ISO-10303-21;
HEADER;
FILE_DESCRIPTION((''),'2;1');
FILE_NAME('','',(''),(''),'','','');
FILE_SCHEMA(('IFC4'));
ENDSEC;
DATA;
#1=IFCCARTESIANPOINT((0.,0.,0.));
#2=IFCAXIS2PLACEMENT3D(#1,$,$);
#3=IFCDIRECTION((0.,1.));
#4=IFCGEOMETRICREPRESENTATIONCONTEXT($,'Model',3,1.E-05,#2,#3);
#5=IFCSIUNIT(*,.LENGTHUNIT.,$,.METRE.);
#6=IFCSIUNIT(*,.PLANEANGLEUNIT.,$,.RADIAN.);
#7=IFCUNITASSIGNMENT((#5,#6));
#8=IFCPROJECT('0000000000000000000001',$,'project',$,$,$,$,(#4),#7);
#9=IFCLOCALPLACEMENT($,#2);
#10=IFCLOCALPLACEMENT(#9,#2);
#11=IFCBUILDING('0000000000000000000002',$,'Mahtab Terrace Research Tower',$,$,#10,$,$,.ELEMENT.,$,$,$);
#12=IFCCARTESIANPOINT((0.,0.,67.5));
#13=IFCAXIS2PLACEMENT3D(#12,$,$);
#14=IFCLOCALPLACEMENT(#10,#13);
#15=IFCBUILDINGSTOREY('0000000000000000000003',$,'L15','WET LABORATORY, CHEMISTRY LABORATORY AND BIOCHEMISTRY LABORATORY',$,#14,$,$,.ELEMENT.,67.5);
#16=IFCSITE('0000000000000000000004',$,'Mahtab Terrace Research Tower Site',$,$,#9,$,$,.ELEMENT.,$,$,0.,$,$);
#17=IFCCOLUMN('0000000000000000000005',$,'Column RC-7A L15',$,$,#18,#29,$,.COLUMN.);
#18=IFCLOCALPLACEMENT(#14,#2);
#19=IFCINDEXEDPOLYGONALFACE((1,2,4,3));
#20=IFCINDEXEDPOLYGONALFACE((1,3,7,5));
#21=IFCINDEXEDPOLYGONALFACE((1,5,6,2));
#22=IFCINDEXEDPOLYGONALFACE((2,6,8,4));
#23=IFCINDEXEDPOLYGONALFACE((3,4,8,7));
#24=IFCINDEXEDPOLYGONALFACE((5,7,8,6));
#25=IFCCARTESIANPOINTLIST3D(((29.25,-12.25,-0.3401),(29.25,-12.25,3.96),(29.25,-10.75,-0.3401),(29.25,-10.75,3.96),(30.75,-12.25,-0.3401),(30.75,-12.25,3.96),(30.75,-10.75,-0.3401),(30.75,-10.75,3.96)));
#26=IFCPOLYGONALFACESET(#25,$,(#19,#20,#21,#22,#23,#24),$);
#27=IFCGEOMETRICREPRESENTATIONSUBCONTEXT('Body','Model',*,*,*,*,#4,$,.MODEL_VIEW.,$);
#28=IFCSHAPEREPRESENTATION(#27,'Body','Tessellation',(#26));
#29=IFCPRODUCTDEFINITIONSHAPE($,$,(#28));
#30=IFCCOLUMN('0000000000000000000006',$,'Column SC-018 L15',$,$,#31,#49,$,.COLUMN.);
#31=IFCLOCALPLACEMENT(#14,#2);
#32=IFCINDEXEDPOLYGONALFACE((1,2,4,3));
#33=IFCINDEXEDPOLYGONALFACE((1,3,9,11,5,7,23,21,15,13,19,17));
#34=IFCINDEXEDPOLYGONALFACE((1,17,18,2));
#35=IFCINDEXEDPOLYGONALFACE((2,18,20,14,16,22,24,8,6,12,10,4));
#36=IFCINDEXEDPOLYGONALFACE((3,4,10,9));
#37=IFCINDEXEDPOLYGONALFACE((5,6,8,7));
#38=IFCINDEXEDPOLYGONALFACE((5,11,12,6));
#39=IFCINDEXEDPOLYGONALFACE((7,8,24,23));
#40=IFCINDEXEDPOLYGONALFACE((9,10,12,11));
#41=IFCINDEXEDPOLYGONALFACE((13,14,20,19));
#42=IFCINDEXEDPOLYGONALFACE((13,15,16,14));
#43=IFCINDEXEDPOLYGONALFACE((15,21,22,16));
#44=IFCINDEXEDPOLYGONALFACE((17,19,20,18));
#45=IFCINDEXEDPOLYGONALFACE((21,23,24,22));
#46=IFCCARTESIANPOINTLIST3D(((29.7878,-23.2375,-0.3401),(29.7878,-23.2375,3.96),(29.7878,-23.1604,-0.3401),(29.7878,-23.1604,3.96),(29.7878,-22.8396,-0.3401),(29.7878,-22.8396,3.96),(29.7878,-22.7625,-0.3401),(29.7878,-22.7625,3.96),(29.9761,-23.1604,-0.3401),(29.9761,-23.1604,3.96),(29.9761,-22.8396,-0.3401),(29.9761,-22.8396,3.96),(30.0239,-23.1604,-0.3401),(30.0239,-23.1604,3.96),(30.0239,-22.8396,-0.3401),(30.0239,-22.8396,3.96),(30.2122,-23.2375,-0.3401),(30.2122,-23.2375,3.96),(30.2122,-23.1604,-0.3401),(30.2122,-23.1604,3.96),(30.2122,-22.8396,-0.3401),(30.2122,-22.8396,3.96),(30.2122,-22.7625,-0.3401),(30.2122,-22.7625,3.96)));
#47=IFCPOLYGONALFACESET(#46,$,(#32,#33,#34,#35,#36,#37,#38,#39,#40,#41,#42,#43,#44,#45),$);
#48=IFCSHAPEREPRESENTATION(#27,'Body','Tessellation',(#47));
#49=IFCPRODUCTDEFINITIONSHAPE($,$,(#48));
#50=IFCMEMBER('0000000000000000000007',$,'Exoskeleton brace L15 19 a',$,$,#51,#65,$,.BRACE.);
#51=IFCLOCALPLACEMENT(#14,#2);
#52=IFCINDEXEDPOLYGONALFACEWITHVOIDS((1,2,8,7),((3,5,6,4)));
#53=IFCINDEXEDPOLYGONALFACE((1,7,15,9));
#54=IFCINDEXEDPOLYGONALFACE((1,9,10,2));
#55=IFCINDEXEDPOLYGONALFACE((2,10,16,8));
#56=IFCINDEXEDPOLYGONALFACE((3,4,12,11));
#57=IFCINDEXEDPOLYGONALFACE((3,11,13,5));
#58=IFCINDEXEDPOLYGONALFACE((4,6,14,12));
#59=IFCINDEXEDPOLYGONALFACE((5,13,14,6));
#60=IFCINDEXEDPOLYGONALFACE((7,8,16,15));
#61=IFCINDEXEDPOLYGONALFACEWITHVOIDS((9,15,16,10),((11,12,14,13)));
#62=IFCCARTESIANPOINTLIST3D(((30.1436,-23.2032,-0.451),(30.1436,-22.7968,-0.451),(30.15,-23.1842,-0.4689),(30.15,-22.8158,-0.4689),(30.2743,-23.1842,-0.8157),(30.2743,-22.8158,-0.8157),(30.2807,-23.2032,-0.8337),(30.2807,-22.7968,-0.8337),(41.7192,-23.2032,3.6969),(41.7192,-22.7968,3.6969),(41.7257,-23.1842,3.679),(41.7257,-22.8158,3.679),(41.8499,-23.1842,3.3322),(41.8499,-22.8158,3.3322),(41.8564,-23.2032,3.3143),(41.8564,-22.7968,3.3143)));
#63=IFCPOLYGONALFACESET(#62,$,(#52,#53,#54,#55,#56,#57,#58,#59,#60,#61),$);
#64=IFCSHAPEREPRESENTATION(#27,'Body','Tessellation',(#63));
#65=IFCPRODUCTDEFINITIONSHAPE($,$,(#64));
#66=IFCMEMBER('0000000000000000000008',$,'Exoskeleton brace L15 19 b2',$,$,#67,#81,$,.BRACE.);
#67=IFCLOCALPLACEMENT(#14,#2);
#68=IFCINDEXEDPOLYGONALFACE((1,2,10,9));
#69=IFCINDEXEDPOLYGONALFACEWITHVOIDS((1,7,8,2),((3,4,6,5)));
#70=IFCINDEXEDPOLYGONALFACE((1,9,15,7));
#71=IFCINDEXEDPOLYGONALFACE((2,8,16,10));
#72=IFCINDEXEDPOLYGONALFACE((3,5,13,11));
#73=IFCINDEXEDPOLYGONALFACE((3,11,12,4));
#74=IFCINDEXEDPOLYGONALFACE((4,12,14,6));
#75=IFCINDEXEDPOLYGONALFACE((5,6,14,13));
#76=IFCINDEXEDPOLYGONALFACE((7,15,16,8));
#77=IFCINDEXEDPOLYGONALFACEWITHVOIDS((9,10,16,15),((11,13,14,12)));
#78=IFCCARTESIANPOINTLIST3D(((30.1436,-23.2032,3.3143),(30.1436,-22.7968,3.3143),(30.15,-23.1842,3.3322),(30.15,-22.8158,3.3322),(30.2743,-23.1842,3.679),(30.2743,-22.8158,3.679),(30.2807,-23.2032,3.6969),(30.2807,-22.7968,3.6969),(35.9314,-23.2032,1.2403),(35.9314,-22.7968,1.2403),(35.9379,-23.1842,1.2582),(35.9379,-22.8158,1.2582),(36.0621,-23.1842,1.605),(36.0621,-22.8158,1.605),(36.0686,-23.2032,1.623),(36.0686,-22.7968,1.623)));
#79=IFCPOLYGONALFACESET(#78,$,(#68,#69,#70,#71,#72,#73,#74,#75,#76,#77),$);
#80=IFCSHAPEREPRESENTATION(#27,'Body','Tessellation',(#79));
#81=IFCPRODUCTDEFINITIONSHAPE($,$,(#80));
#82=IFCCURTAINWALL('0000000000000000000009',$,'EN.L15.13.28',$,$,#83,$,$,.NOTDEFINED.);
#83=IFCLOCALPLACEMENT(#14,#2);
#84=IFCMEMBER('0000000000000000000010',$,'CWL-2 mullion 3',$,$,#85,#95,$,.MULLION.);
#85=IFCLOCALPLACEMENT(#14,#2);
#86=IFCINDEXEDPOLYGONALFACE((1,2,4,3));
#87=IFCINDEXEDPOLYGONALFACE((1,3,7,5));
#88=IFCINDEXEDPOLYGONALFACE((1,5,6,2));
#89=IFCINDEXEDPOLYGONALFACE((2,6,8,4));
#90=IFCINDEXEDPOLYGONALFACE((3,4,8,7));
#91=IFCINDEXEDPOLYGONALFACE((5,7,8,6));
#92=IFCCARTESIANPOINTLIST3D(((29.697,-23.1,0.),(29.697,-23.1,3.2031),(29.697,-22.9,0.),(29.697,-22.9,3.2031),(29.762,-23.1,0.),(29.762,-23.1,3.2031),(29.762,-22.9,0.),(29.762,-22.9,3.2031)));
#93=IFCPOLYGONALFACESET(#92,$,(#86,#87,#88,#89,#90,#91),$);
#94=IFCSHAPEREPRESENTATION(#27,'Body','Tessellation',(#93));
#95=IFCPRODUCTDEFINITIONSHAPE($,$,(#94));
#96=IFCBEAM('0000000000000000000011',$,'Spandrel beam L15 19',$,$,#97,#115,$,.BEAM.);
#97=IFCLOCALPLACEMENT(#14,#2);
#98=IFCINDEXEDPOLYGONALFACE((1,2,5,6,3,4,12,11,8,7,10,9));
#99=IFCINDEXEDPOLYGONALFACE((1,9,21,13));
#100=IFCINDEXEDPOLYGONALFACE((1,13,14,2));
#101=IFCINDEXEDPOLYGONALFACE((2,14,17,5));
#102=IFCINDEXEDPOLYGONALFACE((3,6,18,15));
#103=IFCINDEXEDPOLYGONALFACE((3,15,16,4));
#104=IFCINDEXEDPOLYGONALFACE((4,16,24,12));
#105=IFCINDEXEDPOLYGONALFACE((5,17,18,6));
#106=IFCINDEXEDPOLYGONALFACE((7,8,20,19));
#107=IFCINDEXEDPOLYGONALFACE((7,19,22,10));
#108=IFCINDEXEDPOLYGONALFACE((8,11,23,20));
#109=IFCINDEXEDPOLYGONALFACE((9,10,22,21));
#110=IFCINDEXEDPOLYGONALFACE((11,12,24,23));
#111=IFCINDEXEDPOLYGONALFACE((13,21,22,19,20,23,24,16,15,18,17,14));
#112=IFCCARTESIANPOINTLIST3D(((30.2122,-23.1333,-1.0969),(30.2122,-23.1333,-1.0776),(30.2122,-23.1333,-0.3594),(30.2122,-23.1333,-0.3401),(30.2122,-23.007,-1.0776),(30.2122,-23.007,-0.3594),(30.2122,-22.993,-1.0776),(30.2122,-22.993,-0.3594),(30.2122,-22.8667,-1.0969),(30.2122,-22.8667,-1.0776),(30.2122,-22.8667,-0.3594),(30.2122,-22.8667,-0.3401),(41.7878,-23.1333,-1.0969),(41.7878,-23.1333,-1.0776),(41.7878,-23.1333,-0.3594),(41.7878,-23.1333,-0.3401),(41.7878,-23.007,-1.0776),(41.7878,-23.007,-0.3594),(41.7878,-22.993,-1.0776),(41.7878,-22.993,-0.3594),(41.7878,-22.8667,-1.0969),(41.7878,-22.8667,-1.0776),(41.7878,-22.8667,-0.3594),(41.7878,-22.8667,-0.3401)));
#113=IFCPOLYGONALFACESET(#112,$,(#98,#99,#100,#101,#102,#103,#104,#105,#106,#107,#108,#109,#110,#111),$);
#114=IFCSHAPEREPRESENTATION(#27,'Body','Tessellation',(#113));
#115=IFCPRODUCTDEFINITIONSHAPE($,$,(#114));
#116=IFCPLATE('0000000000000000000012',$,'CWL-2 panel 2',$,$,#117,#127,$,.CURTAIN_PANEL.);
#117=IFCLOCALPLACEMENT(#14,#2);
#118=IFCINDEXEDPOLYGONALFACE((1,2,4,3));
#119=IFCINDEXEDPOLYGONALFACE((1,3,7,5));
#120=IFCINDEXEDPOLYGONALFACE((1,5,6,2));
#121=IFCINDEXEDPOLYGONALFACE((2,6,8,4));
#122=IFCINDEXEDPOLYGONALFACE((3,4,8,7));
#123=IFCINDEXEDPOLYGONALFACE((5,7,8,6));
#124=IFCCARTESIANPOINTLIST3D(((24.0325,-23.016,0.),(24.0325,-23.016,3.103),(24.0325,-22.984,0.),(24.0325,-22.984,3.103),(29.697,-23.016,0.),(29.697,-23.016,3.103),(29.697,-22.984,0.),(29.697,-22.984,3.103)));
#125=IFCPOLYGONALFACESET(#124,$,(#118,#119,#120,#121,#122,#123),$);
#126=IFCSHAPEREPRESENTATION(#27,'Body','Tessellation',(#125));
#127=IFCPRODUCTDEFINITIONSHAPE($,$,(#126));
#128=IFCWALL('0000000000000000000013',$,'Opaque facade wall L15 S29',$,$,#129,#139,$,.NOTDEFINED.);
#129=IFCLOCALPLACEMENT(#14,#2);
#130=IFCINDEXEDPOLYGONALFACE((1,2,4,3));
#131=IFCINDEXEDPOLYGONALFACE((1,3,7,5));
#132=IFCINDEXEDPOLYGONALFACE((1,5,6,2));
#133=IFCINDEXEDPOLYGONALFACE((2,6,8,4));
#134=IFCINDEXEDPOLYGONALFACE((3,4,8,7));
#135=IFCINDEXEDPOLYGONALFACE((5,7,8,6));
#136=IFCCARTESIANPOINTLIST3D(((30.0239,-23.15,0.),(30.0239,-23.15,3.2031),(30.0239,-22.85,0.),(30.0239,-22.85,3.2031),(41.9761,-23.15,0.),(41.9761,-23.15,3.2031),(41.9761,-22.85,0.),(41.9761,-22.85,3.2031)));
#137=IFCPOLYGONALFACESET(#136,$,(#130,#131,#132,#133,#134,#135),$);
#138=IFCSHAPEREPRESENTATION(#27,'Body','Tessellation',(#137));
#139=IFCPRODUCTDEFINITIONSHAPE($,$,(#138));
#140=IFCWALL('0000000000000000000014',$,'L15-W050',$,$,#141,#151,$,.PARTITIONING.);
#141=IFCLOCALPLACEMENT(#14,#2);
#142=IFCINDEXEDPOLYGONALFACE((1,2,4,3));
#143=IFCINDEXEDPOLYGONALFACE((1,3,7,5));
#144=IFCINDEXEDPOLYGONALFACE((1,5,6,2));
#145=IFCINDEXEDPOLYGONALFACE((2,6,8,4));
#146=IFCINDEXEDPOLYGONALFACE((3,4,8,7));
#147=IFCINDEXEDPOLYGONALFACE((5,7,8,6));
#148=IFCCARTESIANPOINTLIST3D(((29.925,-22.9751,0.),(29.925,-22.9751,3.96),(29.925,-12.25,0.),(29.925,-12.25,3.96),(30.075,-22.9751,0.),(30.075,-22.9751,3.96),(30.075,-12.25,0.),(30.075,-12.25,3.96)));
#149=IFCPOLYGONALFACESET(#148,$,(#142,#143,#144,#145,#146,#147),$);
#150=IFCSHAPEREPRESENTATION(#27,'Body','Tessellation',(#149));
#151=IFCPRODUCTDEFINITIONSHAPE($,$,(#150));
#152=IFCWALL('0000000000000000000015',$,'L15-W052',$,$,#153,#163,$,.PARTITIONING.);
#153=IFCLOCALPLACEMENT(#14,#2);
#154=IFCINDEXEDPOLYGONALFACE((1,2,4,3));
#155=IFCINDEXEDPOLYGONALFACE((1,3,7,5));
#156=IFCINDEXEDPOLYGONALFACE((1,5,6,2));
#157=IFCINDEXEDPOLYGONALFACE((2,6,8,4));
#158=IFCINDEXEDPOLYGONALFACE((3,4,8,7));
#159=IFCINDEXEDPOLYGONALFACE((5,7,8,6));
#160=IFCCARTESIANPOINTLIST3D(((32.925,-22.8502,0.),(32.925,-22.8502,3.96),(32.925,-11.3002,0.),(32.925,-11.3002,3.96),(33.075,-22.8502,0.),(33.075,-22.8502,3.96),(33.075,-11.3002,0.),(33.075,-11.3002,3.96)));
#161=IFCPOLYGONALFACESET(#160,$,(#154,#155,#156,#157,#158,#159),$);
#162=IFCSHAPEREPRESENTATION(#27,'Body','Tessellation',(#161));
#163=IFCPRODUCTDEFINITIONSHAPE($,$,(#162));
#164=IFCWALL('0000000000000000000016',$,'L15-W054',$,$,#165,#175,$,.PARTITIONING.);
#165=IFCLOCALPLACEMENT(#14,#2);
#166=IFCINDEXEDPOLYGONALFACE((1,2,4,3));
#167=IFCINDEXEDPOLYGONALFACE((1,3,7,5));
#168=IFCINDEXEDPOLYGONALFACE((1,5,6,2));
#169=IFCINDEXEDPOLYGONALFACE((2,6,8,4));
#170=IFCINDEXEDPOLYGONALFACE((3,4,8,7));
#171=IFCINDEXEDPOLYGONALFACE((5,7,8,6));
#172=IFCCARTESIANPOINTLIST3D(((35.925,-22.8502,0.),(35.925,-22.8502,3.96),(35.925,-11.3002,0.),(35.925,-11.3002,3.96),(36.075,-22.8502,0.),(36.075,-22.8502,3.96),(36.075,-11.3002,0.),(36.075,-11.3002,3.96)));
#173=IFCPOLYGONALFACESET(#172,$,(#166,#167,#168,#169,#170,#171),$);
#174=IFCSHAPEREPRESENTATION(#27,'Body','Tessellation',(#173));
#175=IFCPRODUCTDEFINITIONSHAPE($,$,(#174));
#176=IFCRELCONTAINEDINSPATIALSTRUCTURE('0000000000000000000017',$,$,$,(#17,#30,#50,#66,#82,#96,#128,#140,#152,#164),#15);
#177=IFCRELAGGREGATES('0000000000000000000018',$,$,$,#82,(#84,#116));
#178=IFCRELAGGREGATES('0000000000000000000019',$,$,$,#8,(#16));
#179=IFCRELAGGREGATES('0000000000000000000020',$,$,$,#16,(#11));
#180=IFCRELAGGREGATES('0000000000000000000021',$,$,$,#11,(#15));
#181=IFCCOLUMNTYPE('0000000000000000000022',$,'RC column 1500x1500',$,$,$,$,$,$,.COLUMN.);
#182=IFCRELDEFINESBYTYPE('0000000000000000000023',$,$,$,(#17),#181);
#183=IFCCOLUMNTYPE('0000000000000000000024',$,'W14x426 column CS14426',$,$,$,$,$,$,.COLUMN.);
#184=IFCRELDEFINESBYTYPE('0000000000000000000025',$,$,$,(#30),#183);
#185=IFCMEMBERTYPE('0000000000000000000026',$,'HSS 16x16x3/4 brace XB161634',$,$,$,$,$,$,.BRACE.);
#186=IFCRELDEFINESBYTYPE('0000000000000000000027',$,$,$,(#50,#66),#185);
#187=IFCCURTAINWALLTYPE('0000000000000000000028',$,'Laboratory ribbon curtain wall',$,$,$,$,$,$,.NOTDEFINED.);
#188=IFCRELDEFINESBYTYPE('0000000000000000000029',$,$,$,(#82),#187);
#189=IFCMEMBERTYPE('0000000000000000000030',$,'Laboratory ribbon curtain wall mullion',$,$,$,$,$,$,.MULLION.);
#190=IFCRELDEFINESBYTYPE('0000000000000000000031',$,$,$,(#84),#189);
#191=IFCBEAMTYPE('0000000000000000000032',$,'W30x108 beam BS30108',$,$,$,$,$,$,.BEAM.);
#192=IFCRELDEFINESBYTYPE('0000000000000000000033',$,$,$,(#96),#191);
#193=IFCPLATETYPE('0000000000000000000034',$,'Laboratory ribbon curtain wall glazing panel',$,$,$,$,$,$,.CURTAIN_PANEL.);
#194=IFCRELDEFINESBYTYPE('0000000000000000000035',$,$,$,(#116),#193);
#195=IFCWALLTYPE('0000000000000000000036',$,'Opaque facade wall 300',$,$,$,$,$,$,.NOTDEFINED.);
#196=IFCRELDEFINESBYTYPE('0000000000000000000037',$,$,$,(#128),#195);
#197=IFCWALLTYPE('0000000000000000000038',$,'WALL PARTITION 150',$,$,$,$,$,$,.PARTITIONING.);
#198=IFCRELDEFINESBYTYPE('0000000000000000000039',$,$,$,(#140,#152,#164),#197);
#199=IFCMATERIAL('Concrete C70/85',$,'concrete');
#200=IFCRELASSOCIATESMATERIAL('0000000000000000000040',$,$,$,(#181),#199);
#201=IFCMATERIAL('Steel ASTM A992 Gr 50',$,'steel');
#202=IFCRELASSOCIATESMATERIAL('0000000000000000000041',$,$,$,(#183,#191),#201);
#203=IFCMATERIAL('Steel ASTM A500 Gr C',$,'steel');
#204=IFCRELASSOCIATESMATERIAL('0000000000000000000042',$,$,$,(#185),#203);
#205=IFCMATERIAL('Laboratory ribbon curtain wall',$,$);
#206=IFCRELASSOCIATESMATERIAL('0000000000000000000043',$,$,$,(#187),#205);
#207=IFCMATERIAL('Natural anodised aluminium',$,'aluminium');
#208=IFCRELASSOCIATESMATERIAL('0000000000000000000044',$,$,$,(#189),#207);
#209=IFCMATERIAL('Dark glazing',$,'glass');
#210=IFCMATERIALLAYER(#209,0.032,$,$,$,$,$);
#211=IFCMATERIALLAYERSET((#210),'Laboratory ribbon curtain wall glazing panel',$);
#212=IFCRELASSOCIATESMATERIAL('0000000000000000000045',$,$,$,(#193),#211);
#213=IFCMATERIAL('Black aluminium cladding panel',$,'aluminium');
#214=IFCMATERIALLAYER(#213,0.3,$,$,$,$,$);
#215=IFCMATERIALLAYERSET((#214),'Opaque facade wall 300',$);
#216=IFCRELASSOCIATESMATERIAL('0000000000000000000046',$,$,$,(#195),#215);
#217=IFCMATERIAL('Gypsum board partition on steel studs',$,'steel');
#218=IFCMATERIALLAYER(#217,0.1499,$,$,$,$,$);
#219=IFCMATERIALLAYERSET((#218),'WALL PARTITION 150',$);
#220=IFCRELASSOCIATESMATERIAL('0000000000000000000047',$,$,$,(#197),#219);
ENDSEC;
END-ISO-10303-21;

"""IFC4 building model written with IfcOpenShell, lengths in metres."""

from ifc_helpers import new_model, si_unit, direction, frame, frame_2d, origin, origin_2d, place, context, subcontext, project, spatial, rectangle, hollow_rectangle, i_section, extrude, material, layer, layer_set, material_profile, profile_set, type_object, element, aggregate, save


model = new_model("IFC4")

# Units and contexts
model_context = context("Model", 3, precision=1e-05, world=origin(), true_north=direction((0.0, 1.0)))
body_context = subcontext(model_context, "Body", "Model", "MODEL_VIEW")
ifc_project = project(units=[si_unit("LENGTHUNIT", "METRE"), si_unit("PLANEANGLEUNIT", "RADIAN")], contexts=[model_context])

# Site, building, storey
site_placement = place(None, origin())
site = spatial("IfcSite", under=ifc_project, at=site_placement, Name="Mahtab Terrace Research Tower Site", CompositionType="ELEMENT", RefElevation=0.0)
building_placement = place(site_placement, origin())
building = spatial("IfcBuilding", under=site, at=building_placement, Name="Mahtab Terrace Research Tower", CompositionType="ELEMENT")
storey_placement = place(building_placement, frame((0.0, 0.0, 67.5)))
storey = spatial("IfcBuildingStorey", under=building, at=storey_placement, Name="L15", Description="WET LABORATORY, CHEMISTRY LABORATORY AND BIOCHEMISTRY LABORATORY", CompositionType="ELEMENT", Elevation=67.5)

# Columns
ifc_material_1 = material(Name="Concrete C70/85", Category="concrete")
ifc_material_profile_1 = material_profile(ifc_material_1, rectangle(XDim=1.5, YDim=1.5, at=origin_2d()), Name="RC column 1500x1500")
ifc_profile_set_1 = profile_set([ifc_material_profile_1], Name="Concrete C70/85")
column_type_1 = type_object("IfcColumnType", Name="RC column 1500x1500", PredefinedType="COLUMN", material=ifc_profile_set_1)
column_1_placement = place(storey_placement, frame((30.0, -11.5, -0.3401), z_axis=(0.0, 0.0, 1.0), x_axis=(1.0, 0.0, 0.0)))
element("IfcColumn", 1, at=column_1_placement, inside=storey, type_object=column_type_1, Name="Column RC-7A L15", PredefinedType="COLUMN", context=body_context, shape_type="SweptSolid", body=[
    extrude(rectangle(XDim=1.5, YDim=1.5, at=origin_2d()), origin(), (0.0, 0.0, 1.0), 4.3),
])
ifc_material_2 = material(Name="Steel ASTM A992 Gr 50", Category="steel")
ifc_material_profile_2 = material_profile(ifc_material_2, i_section(OverallWidth=0.4243, OverallDepth=0.4751, WebThickness=0.0479, FlangeThickness=0.0771, at=origin_2d()), Name="W14X426")
ifc_profile_set_2 = profile_set([ifc_material_profile_2], Name="Steel ASTM A992 Gr 50")
column_type_2 = type_object("IfcColumnType", Name="W14x426 column CS14426", PredefinedType="COLUMN", material=ifc_profile_set_2)
column_2_placement = place(storey_placement, frame((30.0, -23.0, -0.3401), z_axis=(0.0, 0.0, 1.0), x_axis=(1.0, 0.0, 0.0)))
element("IfcColumn", 2, at=column_2_placement, inside=storey, type_object=column_type_2, Name="Column SC-018 L15", PredefinedType="COLUMN", context=body_context, shape_type="SweptSolid", body=[
    extrude(i_section(OverallWidth=0.4243, OverallDepth=0.4751, WebThickness=0.0479, FlangeThickness=0.0771, at=origin_2d()), origin(), (0.0, 0.0, 1.0), 4.3),
])

# Members
ifc_material_3 = material(Name="Steel ASTM A500 Gr C", Category="steel")
ifc_material_profile_3 = material_profile(ifc_material_3, hollow_rectangle(XDim=0.4065, YDim=0.4065, WallThickness=0.019, at=origin_2d()), Name="HSS16X16X3/4")
ifc_profile_set_3 = profile_set([ifc_material_profile_3], Name="Steel ASTM A500 Gr C")
member_type_1 = type_object("IfcMemberType", Name="HSS 16x16x3/4 brace XB161634", PredefinedType="BRACE", material=ifc_profile_set_3)
member_1_placement = place(storey_placement, frame((30.2122, -23.0, -0.6423), z_axis=(0.941387, 0.0, 0.33733), x_axis=(0.0, 1.0, 0.0)))
element("IfcMember", 3, at=member_1_placement, inside=storey, type_object=member_type_1, Name="Exoskeleton brace L15 19 a", PredefinedType="BRACE", context=body_context, shape_type="SweptSolid", body=[
    extrude(hollow_rectangle(XDim=0.4065, YDim=0.4065, WallThickness=0.019, at=origin_2d()), origin(), (0.0, 0.0, 1.0), 12.2964),
])
member_2_placement = place(storey_placement, frame((36.0, -23.0, 1.4316), z_axis=(-0.941387, 0.0, 0.33733), x_axis=(0.0, -1.0, 0.0)))
element("IfcMember", 4, at=member_2_placement, inside=storey, type_object=member_type_1, Name="Exoskeleton brace L15 19 b2", PredefinedType="BRACE", context=body_context, shape_type="SweptSolid", body=[
    extrude(hollow_rectangle(XDim=0.4065, YDim=0.4065, WallThickness=0.019, at=origin_2d()), origin(), (0.0, 0.0, 1.0), 6.1482),
])

# Curtain wall, member
ifc_material_4 = material(Name="Laboratory ribbon curtain wall")
curtain_wall_type = type_object("IfcCurtainWallType", Name="Laboratory ribbon curtain wall", PredefinedType="NOTDEFINED", material=ifc_material_4)
curtain_wall_placement = place(storey_placement, origin())
curtain_wall = element("IfcCurtainWall", 5, at=curtain_wall_placement, inside=storey, type_object=curtain_wall_type, Name="EN.L15.13.28", PredefinedType="NOTDEFINED")
ifc_material_5 = material(Name="Natural anodised aluminium", Category="aluminium")
ifc_material_profile_4 = material_profile(ifc_material_5, rectangle(XDim=0.2, YDim=0.0649, at=origin_2d()), Name="MULLION 65x200")
ifc_profile_set_4 = profile_set([ifc_material_profile_4], Name="Natural anodised aluminium")
member_type_2 = type_object("IfcMemberType", Name="Laboratory ribbon curtain wall mullion", PredefinedType="MULLION", material=ifc_profile_set_4)
member_3_placement = place(storey_placement, frame((29.7295, -23.0, 0.0), z_axis=(0.0, 0.0, 1.0), x_axis=(0.0, 1.0, 0.0)))
member_3 = element("IfcMember", 6, at=member_3_placement, type_object=member_type_2, Name="CWL-2 mullion 3", PredefinedType="MULLION", context=body_context, shape_type="SweptSolid", body=[
    extrude(rectangle(XDim=0.2, YDim=0.0649, at=origin_2d()), origin(), (0.0, 0.0, 1.0), 3.2031),
])

# Beam
ifc_material_profile_5 = material_profile(ifc_material_2, i_section(OverallWidth=0.2666, OverallDepth=0.7568, WebThickness=0.0139, FlangeThickness=0.0193, at=origin_2d()), Name="W30X108")
ifc_profile_set_5 = profile_set([ifc_material_profile_5], Name="Steel ASTM A992 Gr 50")
beam_type = type_object("IfcBeamType", Name="W30x108 beam BS30108", PredefinedType="BEAM", material=ifc_profile_set_5)
beam_placement = place(storey_placement, frame((30.2122, -23.0, -0.7185), z_axis=(1.0, 0.0, 0.0), x_axis=(0.0, 1.0, 0.0)))
element("IfcBeam", 7, at=beam_placement, inside=storey, type_object=beam_type, Name="Spandrel beam L15 19", PredefinedType="BEAM", context=body_context, shape_type="SweptSolid", body=[
    extrude(i_section(OverallWidth=0.2666, OverallDepth=0.7568, WebThickness=0.0139, FlangeThickness=0.0193, at=origin_2d()), origin(), (0.0, 0.0, 1.0), 11.5757),
])

# Plate
ifc_material_6 = material(Name="Dark glazing", Category="glass")
ifc_layer_1 = layer(ifc_material_6, 0.032)
ifc_layer_set_1 = layer_set([ifc_layer_1], Name="Laboratory ribbon curtain wall glazing panel")
plate_type = type_object("IfcPlateType", Name="Laboratory ribbon curtain wall glazing panel", PredefinedType="CURTAIN_PANEL", material=ifc_layer_set_1)
plate_placement = place(storey_placement, frame((26.8647, -23.0, 0.0), z_axis=(0.0, 0.0, 1.0), x_axis=(1.0, 0.0, 0.0)))
plate = element("IfcPlate", 8, at=plate_placement, type_object=plate_type, Name="CWL-2 panel 2", PredefinedType="CURTAIN_PANEL", context=body_context, shape_type="SweptSolid", body=[
    extrude(rectangle(XDim=5.6646, YDim=0.032, at=origin_2d()), origin(), (0.0, 0.0, 1.0), 3.103),
])
aggregate(curtain_wall, [member_3, plate])

# Walls
ifc_material_7 = material(Name="Black aluminium cladding panel", Category="aluminium")
ifc_layer_2 = layer(ifc_material_7, 0.3)
ifc_layer_set_2 = layer_set([ifc_layer_2], Name="Opaque facade wall 300")
wall_type_1 = type_object("IfcWallType", Name="Opaque facade wall 300", PredefinedType="NOTDEFINED", material=ifc_layer_set_2)
wall_1_placement = place(storey_placement, frame((30.0239, -23.0, 0.0), z_axis=(0.0, 0.0, 1.0), x_axis=(1.0, 0.0, 0.0)))
element("IfcWall", 9, at=wall_1_placement, inside=storey, type_object=wall_type_1, Name="Opaque facade wall L15 S29", PredefinedType="NOTDEFINED", context=body_context, shape_type="SweptSolid", body=[
    extrude(rectangle(XDim=11.9521, YDim=0.3, at=frame_2d((5.9761, 0.0))), origin(), (0.0, 0.0, 1.0), 3.2031),
])
ifc_material_8 = material(Name="Gypsum board partition on steel studs", Category="steel")
ifc_layer_3 = layer(ifc_material_8, 0.1499)
ifc_layer_set_3 = layer_set([ifc_layer_3], Name="WALL PARTITION 150")
wall_type_2 = type_object("IfcWallType", Name="WALL PARTITION 150", PredefinedType="PARTITIONING", material=ifc_layer_set_3)
wall_2_placement = place(storey_placement, frame((30.0, -22.9751, 0.0), z_axis=(0.0, 0.0, 1.0), x_axis=(0.0, 1.0, 0.0)))
element("IfcWall", 10, at=wall_2_placement, inside=storey, type_object=wall_type_2, Name="L15-W050", PredefinedType="PARTITIONING", context=body_context, shape_type="SweptSolid", body=[
    extrude(rectangle(XDim=10.7251, YDim=0.1499, at=frame_2d((5.3625, 0.0))), origin(), (0.0, 0.0, 1.0), 3.96),
])
for number, where, z_axis, x_axis, name in (
    (11, (33.0, -22.8501, 0.0), (0.0, 0.0, 1.0), (0.0, 1.0, 0.0), "L15-W052"),
    (12, (36.0, -22.8501, 0.0), (0.0, 0.0, 1.0), (0.0, 1.0, 0.0), "L15-W054"),
):
    element("IfcWall", number, at=place(storey_placement, frame(where, z_axis=z_axis, x_axis=x_axis)), inside=storey, type_object=wall_type_2, Name=name, PredefinedType="PARTITIONING", context=body_context, shape_type="SweptSolid", body=[
        extrude(rectangle(XDim=11.55, YDim=0.1499, at=frame_2d((5.7749, 0.0))), origin(), (0.0, 0.0, 1.0), 3.96),
    ])

save(model, "model.ifc")
